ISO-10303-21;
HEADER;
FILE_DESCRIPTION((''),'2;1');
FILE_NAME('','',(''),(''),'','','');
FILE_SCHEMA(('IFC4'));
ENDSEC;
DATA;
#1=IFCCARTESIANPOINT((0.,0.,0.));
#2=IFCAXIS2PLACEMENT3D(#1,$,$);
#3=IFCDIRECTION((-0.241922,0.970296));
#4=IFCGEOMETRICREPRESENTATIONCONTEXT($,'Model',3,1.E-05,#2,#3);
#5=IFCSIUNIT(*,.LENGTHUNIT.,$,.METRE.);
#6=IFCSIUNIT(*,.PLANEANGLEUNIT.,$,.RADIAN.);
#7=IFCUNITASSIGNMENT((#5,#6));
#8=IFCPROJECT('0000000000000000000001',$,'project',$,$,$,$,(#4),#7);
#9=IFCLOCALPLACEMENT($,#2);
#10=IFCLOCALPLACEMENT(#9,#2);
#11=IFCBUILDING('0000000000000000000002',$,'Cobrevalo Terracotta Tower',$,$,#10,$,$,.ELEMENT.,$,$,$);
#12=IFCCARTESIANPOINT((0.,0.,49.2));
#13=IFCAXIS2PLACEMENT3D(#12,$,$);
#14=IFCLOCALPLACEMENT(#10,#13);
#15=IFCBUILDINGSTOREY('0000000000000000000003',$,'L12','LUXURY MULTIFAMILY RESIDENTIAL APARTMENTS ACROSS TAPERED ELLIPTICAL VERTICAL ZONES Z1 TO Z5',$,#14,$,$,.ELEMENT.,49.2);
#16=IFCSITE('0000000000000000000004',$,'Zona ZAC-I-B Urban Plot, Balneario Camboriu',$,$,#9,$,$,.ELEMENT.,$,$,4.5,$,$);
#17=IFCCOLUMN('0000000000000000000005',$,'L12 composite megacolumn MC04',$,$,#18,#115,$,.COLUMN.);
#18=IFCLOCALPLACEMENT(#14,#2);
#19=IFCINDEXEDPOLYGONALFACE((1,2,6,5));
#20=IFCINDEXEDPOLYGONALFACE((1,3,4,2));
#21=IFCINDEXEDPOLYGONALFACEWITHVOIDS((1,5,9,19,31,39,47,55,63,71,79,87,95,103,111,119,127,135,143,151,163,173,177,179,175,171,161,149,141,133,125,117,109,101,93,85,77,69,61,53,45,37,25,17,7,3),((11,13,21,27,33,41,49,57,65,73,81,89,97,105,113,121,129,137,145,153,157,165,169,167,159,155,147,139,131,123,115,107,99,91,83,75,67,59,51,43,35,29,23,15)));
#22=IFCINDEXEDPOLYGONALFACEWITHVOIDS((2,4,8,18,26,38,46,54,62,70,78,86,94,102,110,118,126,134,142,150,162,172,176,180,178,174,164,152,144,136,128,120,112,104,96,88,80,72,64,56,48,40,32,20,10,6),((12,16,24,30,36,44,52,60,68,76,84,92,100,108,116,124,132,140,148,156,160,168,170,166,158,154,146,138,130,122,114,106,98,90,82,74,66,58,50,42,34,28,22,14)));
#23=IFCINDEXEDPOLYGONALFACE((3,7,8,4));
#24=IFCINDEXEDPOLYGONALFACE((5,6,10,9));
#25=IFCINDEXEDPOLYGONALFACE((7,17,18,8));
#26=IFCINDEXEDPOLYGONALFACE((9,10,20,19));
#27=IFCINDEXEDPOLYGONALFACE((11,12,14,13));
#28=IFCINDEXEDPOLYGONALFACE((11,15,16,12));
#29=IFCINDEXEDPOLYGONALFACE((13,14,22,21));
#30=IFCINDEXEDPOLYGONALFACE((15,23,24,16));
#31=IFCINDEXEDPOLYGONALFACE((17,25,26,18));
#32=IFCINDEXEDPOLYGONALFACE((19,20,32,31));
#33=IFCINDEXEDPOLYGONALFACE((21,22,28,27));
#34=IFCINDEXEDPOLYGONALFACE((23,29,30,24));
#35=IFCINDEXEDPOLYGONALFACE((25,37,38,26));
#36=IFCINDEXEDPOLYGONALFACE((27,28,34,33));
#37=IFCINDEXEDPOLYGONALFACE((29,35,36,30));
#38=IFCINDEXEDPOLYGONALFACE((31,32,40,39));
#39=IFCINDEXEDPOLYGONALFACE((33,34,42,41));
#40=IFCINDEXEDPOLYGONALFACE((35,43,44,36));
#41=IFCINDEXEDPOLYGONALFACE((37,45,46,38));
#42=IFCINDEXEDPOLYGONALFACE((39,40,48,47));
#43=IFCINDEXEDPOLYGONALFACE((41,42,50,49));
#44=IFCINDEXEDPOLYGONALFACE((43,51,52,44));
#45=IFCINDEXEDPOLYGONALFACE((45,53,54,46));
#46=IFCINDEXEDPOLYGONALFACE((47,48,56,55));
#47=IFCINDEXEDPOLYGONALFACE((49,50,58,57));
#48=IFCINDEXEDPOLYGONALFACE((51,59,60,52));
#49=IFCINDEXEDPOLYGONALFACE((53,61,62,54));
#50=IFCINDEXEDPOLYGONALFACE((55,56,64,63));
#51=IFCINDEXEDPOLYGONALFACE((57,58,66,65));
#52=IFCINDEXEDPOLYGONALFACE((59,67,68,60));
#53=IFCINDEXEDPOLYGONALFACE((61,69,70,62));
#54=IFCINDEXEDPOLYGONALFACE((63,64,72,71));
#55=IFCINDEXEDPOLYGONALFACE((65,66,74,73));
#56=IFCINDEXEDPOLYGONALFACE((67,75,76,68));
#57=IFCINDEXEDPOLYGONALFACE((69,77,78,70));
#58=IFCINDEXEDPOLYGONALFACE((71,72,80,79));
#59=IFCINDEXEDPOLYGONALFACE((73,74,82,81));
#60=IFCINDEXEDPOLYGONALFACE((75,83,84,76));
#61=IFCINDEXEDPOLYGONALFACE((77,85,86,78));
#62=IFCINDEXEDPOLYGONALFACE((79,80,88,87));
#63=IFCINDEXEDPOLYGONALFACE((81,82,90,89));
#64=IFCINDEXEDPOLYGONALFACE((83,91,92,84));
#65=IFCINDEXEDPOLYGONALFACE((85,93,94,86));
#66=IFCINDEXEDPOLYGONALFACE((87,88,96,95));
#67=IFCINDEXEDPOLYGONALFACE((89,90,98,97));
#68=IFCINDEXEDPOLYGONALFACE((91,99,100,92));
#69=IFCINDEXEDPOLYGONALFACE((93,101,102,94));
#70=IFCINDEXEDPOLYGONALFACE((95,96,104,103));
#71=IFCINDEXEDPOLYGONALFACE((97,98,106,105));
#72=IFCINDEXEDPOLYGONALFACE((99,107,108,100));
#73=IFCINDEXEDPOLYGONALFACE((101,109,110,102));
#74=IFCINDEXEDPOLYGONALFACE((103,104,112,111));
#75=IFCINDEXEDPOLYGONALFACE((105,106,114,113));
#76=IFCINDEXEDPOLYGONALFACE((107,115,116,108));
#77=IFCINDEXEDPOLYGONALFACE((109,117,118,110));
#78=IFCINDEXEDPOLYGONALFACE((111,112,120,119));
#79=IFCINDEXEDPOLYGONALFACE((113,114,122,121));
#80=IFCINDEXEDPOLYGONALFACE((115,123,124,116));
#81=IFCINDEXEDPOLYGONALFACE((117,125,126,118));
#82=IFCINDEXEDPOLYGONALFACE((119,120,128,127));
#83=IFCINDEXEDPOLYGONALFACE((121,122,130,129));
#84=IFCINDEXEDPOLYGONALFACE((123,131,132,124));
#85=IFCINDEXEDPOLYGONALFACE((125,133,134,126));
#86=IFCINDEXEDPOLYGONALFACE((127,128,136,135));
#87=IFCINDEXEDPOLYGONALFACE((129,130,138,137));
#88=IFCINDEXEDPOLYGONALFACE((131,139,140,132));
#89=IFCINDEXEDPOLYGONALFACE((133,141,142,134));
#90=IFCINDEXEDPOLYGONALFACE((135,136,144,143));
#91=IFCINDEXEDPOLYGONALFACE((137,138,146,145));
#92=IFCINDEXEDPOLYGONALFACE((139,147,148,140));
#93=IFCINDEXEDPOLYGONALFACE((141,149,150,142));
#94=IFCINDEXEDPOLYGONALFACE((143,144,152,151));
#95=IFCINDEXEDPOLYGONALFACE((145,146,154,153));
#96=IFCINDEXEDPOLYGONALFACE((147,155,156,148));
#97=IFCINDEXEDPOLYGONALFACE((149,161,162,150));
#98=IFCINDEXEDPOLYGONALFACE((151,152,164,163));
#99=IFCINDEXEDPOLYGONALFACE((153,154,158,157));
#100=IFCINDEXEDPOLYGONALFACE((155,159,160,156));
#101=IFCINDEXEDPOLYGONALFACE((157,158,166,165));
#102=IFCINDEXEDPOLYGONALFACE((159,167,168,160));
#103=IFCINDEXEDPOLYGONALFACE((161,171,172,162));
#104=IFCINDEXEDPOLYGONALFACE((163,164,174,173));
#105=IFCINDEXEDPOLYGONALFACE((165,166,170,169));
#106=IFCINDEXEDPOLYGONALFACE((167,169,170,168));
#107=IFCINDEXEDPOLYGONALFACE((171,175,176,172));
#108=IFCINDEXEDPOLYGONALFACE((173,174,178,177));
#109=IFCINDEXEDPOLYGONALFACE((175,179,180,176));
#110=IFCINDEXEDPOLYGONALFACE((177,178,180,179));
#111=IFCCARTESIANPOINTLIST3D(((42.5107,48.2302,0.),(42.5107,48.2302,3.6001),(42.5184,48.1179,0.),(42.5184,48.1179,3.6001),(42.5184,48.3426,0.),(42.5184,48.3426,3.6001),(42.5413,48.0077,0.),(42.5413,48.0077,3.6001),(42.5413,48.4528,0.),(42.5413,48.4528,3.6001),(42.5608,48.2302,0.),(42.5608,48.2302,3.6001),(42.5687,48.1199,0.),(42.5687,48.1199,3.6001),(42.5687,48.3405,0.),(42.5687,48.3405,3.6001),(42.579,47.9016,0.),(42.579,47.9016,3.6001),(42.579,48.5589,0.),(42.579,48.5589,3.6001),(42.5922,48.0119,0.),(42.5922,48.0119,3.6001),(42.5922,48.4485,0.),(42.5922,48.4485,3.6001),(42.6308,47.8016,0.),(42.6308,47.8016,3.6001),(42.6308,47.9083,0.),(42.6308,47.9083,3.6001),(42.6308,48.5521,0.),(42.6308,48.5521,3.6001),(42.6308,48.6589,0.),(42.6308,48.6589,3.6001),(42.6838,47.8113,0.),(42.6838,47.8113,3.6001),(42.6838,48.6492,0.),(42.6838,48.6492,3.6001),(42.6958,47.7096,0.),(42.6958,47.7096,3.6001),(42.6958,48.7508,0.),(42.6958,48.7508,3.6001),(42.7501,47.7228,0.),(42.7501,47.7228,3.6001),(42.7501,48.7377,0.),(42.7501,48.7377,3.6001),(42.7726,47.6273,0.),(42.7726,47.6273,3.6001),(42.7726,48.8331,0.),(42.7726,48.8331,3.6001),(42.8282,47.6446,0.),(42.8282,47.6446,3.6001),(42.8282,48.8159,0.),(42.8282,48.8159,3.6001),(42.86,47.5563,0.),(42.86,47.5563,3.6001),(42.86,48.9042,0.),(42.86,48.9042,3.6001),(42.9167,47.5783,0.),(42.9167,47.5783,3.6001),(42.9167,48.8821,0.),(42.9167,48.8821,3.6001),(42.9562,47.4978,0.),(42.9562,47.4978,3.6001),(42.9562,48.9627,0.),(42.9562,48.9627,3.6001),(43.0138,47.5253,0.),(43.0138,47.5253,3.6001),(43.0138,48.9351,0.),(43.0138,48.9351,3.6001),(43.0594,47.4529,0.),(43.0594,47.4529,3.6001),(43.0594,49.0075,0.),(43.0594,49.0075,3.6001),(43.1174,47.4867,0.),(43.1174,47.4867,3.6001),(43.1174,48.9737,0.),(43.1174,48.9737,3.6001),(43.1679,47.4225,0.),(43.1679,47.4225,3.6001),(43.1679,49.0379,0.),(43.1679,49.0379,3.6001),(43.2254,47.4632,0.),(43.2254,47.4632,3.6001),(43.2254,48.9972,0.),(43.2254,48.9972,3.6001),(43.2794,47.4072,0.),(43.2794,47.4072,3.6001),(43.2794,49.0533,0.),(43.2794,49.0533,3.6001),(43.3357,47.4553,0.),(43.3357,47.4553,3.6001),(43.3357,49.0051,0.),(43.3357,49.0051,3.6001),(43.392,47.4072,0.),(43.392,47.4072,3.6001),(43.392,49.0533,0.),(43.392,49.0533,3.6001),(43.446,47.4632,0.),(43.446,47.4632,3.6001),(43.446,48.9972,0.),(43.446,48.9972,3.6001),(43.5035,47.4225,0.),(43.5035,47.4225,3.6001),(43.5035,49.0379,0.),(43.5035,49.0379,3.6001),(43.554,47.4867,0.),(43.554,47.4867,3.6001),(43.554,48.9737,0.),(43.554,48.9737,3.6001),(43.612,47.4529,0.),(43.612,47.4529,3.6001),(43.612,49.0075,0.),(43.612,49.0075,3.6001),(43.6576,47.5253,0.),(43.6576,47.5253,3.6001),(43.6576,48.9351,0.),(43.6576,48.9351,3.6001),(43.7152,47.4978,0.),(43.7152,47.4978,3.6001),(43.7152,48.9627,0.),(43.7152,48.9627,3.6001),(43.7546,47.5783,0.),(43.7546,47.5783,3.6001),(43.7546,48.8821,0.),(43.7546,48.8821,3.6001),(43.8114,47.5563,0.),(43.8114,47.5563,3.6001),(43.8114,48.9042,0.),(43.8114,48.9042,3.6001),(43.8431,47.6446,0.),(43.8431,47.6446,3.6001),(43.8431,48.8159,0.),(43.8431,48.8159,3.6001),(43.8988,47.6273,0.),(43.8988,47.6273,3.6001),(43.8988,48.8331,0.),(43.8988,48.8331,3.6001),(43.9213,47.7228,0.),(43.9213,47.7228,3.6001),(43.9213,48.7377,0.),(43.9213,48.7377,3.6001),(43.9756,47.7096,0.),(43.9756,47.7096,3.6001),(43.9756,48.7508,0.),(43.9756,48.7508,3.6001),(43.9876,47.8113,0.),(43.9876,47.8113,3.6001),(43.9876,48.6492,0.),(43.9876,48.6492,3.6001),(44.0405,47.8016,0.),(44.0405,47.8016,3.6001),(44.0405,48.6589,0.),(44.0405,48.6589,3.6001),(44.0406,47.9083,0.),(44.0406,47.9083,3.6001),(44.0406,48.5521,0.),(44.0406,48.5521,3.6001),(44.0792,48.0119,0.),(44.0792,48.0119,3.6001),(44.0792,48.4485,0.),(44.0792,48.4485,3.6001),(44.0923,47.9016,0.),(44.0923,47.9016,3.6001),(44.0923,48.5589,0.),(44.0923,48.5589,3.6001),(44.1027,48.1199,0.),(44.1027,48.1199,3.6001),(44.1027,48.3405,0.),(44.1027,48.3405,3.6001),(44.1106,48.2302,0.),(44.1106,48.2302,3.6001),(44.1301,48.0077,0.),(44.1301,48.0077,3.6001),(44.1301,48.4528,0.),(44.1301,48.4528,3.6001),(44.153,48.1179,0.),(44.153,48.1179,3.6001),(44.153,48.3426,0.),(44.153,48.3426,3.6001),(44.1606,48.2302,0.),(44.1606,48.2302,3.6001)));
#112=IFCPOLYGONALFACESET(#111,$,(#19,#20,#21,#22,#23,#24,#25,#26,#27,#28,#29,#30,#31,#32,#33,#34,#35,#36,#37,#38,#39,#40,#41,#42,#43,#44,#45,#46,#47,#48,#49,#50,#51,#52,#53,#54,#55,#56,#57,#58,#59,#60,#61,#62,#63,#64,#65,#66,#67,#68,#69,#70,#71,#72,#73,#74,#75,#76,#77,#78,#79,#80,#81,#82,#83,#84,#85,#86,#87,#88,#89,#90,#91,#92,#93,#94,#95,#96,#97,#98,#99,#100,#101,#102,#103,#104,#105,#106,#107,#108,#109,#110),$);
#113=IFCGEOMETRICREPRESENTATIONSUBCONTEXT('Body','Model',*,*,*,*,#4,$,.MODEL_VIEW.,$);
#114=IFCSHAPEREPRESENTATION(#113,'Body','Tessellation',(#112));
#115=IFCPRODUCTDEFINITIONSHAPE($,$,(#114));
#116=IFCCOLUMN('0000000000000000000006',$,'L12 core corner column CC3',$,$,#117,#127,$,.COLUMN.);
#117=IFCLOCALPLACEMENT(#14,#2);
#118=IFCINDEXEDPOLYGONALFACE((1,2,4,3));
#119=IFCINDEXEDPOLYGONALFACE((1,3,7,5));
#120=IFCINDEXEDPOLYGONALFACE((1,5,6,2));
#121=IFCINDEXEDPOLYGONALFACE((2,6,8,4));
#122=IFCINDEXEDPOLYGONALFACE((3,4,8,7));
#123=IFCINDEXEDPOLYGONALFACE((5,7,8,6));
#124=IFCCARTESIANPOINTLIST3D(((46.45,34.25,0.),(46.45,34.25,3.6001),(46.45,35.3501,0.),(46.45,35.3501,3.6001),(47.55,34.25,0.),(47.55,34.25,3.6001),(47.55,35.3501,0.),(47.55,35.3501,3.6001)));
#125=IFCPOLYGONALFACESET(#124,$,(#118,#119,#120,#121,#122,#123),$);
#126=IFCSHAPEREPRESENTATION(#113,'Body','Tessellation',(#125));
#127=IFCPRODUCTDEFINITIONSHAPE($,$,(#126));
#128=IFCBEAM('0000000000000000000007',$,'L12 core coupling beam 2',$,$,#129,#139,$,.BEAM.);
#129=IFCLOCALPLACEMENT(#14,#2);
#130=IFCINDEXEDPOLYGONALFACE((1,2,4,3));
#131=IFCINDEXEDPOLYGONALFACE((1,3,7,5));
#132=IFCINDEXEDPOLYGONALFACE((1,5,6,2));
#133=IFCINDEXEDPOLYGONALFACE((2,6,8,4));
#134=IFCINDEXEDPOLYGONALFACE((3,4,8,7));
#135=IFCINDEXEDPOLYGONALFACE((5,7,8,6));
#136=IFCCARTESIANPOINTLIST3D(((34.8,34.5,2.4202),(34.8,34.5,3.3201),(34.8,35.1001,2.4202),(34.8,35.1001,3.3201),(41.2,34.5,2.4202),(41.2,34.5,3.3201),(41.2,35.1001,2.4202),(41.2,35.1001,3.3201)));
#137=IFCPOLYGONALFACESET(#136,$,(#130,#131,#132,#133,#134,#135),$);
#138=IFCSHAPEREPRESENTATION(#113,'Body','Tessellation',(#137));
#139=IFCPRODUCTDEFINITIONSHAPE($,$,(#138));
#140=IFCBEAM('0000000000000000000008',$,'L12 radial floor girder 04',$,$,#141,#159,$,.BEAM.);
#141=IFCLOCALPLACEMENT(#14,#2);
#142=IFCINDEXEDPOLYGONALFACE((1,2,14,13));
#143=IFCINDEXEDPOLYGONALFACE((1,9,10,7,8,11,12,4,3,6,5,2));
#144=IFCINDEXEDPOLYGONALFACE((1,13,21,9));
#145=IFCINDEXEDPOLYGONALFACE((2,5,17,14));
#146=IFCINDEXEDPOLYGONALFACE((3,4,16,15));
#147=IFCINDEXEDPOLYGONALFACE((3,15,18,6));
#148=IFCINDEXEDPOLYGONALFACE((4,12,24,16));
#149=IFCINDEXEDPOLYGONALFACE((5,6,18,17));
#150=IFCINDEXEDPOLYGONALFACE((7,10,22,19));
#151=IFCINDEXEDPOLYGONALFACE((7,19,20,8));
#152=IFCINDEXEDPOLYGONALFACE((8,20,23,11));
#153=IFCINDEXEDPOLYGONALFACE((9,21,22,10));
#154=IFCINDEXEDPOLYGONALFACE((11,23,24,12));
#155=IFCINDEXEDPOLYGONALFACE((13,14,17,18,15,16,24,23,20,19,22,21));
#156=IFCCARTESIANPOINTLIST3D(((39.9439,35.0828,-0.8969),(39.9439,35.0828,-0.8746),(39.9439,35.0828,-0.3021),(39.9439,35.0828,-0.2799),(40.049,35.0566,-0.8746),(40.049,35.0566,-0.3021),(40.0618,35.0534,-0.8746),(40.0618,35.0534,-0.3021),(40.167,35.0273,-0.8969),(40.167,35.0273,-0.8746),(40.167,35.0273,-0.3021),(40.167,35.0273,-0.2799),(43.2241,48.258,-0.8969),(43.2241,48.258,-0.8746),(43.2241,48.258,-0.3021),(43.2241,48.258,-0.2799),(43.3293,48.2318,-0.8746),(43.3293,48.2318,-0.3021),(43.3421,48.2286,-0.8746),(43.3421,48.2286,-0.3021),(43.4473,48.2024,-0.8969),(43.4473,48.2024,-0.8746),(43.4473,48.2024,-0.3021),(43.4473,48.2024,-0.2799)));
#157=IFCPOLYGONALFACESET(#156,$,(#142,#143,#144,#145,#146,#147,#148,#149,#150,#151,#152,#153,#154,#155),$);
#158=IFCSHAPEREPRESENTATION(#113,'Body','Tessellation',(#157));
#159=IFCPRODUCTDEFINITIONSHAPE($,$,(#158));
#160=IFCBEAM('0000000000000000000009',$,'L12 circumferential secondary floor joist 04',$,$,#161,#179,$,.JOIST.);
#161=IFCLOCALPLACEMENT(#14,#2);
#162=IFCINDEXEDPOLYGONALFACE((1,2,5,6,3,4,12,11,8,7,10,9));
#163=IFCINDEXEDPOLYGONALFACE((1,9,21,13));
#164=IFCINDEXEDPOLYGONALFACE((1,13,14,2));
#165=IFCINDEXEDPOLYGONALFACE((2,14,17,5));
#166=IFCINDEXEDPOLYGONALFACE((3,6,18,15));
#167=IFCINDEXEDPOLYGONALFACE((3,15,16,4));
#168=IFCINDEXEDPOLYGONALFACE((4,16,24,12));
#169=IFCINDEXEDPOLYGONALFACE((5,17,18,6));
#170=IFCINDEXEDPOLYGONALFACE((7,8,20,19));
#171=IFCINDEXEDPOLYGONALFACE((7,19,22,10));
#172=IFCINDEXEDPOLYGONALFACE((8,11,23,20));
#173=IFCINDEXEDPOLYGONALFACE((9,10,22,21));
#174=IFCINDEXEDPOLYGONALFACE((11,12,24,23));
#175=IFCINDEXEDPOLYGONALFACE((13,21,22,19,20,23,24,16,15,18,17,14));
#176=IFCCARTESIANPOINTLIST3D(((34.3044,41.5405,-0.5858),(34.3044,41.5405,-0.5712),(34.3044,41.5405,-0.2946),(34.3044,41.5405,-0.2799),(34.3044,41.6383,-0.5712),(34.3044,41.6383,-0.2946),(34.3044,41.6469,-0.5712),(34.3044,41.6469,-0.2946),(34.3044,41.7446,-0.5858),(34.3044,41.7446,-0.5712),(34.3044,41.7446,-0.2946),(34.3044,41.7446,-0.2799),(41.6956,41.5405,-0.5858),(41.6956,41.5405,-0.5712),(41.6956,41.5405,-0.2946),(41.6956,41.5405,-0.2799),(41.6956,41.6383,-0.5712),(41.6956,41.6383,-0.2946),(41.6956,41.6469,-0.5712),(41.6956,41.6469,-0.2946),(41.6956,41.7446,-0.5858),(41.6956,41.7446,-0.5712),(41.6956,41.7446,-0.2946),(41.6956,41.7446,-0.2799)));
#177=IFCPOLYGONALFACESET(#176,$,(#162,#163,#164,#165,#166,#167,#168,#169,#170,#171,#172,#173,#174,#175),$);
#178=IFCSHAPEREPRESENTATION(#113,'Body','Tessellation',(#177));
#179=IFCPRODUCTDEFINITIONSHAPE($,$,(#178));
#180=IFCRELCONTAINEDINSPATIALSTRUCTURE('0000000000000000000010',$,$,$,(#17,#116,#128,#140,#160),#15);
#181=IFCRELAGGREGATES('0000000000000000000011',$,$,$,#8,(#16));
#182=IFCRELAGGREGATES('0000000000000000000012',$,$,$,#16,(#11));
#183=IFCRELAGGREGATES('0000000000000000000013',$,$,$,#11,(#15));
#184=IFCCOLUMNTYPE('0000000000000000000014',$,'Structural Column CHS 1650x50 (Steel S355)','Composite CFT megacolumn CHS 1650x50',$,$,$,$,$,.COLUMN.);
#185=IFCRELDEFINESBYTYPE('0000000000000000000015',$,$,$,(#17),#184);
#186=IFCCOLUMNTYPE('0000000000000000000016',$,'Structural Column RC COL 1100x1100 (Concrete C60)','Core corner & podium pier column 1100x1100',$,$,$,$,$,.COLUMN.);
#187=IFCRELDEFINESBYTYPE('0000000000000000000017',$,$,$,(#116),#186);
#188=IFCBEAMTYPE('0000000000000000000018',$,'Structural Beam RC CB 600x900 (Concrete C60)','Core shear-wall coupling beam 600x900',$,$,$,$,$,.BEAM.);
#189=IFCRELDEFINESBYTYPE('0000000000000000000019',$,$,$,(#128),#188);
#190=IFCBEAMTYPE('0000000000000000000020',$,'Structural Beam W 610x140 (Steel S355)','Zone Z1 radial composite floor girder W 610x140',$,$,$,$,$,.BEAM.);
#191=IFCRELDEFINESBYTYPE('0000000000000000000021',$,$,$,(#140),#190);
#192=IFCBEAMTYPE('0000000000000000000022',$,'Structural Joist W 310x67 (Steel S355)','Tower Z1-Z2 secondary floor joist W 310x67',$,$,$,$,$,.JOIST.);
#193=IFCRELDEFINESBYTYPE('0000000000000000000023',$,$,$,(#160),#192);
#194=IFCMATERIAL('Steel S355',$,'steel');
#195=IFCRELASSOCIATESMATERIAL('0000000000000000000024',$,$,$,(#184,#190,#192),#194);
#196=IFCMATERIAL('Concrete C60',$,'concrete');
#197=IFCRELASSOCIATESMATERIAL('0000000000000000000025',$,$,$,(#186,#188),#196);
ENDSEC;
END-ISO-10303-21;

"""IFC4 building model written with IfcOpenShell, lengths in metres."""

from ifc_helpers import new_model, si_unit, direction, frame, origin, origin_2d, place, context, subcontext, project, spatial, rectangle, hollow_circle, i_section, extrude, material, material_profile, profile_set, type_object, element, save


model = new_model("IFC4")

# Units and contexts
model_context = context("Model", 3, precision=1e-05, world=origin(), true_north=direction((-0.241922, 0.970296)))
body_context = subcontext(model_context, "Body", "Model", "MODEL_VIEW")
ifc_project = project(units=[si_unit("LENGTHUNIT", "METRE"), si_unit("PLANEANGLEUNIT", "RADIAN")], contexts=[model_context])

# Site, building, storey
site_placement = place(None, origin())
site = spatial("IfcSite", under=ifc_project, at=site_placement, Name="Zona ZAC-I-B Urban Plot, Balneario Camboriu", CompositionType="ELEMENT", RefElevation=4.5)
building_placement = place(site_placement, origin())
building = spatial("IfcBuilding", under=site, at=building_placement, Name="Cobrevalo Terracotta Tower", CompositionType="ELEMENT")
storey_placement = place(building_placement, frame((0.0, 0.0, 49.2)))
storey = spatial("IfcBuildingStorey", under=building, at=storey_placement, Name="L12", Description="LUXURY MULTIFAMILY RESIDENTIAL APARTMENTS ACROSS TAPERED ELLIPTICAL VERTICAL ZONES Z1 TO Z5", CompositionType="ELEMENT", Elevation=49.2)

# Columns
ifc_material_1 = material(Name="Steel S355", Category="steel")
ifc_material_profile_1 = material_profile(ifc_material_1, hollow_circle(Radius=0.825, WallThickness=0.05, at=origin_2d()), Name="CHS 1650x50")
ifc_profile_set_1 = profile_set([ifc_material_profile_1], Name="Steel S355")
column_type_1 = type_object("IfcColumnType", Name="Structural Column CHS 1650x50 (Steel S355)", Description="Composite CFT megacolumn CHS 1650x50", PredefinedType="COLUMN", material=ifc_profile_set_1)
column_1_placement = place(storey_placement, frame((43.3357, 48.2302, 0.0), z_axis=(0.0, 0.0, 1.0), x_axis=(1.0, 0.0, 0.0)))
element("IfcColumn", 1, at=column_1_placement, inside=storey, type_object=column_type_1, Name="L12 composite megacolumn MC04", PredefinedType="COLUMN", context=body_context, shape_type="SweptSolid", body=[
    extrude(hollow_circle(Radius=0.825, WallThickness=0.05, at=origin_2d()), origin(), (0.0, 0.0, 1.0), 3.6001),
])
ifc_material_2 = material(Name="Concrete C60", Category="concrete")
ifc_material_profile_2 = material_profile(ifc_material_2, rectangle(XDim=1.1001, YDim=1.1001, at=origin_2d()), Name="RC COL 1100x1100")
ifc_profile_set_2 = profile_set([ifc_material_profile_2], Name="Concrete C60")
column_type_2 = type_object("IfcColumnType", Name="Structural Column RC COL 1100x1100 (Concrete C60)", Description="Core corner & podium pier column 1100x1100", PredefinedType="COLUMN", material=ifc_profile_set_2)
column_2_placement = place(storey_placement, frame((47.0, 34.8, 0.0), z_axis=(0.0, 0.0, 1.0), x_axis=(1.0, 0.0, 0.0)))
element("IfcColumn", 2, at=column_2_placement, inside=storey, type_object=column_type_2, Name="L12 core corner column CC3", PredefinedType="COLUMN", context=body_context, shape_type="SweptSolid", body=[
    extrude(rectangle(XDim=1.1001, YDim=1.1001, at=origin_2d()), origin(), (0.0, 0.0, 1.0), 3.6001),
])

# Beams
ifc_material_profile_3 = material_profile(ifc_material_2, rectangle(XDim=0.6001, YDim=0.8999, at=origin_2d()), Name="RC CB 600x900")
ifc_profile_set_3 = profile_set([ifc_material_profile_3], Name="Concrete C60")
beam_type_1 = type_object("IfcBeamType", Name="Structural Beam RC CB 600x900 (Concrete C60)", Description="Core shear-wall coupling beam 600x900", PredefinedType="BEAM", material=ifc_profile_set_3)
beam_1_placement = place(storey_placement, frame((34.8, 34.8, 2.8701), z_axis=(1.0, 0.0, 0.0), x_axis=(0.0, 1.0, 0.0)))
element("IfcBeam", 3, at=beam_1_placement, inside=storey, type_object=beam_type_1, Name="L12 core coupling beam 2", PredefinedType="BEAM", context=body_context, shape_type="SweptSolid", body=[
    extrude(rectangle(XDim=0.6001, YDim=0.8999, at=origin_2d()), origin(), (0.0, 0.0, 1.0), 6.3999),
])
ifc_material_profile_4 = material_profile(ifc_material_1, i_section(OverallWidth=0.23, OverallDepth=0.6169, WebThickness=0.0132, FlangeThickness=0.0222, at=origin_2d()), Name="W 610x140")
ifc_profile_set_4 = profile_set([ifc_material_profile_4], Name="Steel S355")
beam_type_2 = type_object("IfcBeamType", Name="Structural Beam W 610x140 (Steel S355)", Description="Zone Z1 radial composite floor girder W 610x140", PredefinedType="BEAM", material=ifc_profile_set_4)
beam_2_placement = place(storey_placement, frame((43.3357, 48.2302, -0.5884), z_axis=(-0.241596, -0.970377, 0.0), x_axis=(0.970377, -0.241596, 0.0)))
element("IfcBeam", 4, at=beam_2_placement, inside=storey, type_object=beam_type_2, Name="L12 radial floor girder 04", PredefinedType="BEAM", context=body_context, shape_type="SweptSolid", body=[
    extrude(i_section(OverallWidth=0.23, OverallDepth=0.6169, WebThickness=0.0132, FlangeThickness=0.0222, at=origin_2d()), origin(), (0.0, 0.0, 1.0), 13.5774),
])
ifc_material_profile_5 = material_profile(ifc_material_1, i_section(OverallWidth=0.2041, OverallDepth=0.3059, WebThickness=0.0085, FlangeThickness=0.0146, at=origin_2d()), Name="W 310x67")
ifc_profile_set_5 = profile_set([ifc_material_profile_5], Name="Steel S355")
beam_type_3 = type_object("IfcBeamType", Name="Structural Joist W 310x67 (Steel S355)", Description="Tower Z1-Z2 secondary floor joist W 310x67", PredefinedType="JOIST", material=ifc_profile_set_5)
beam_3_placement = place(storey_placement, frame((41.6956, 41.6426, -0.4329), z_axis=(-1.0, 0.0, 0.0), x_axis=(0.0, -1.0, 0.0)))
element("IfcBeam", 5, at=beam_3_placement, inside=storey, type_object=beam_type_3, Name="L12 circumferential secondary floor joist 04", PredefinedType="JOIST", context=body_context, shape_type="SweptSolid", body=[
    extrude(i_section(OverallWidth=0.2041, OverallDepth=0.3059, WebThickness=0.0085, FlangeThickness=0.0146, at=origin_2d()), origin(), (0.0, 0.0, 1.0), 7.3911),
])

save(model, "model.ifc")
